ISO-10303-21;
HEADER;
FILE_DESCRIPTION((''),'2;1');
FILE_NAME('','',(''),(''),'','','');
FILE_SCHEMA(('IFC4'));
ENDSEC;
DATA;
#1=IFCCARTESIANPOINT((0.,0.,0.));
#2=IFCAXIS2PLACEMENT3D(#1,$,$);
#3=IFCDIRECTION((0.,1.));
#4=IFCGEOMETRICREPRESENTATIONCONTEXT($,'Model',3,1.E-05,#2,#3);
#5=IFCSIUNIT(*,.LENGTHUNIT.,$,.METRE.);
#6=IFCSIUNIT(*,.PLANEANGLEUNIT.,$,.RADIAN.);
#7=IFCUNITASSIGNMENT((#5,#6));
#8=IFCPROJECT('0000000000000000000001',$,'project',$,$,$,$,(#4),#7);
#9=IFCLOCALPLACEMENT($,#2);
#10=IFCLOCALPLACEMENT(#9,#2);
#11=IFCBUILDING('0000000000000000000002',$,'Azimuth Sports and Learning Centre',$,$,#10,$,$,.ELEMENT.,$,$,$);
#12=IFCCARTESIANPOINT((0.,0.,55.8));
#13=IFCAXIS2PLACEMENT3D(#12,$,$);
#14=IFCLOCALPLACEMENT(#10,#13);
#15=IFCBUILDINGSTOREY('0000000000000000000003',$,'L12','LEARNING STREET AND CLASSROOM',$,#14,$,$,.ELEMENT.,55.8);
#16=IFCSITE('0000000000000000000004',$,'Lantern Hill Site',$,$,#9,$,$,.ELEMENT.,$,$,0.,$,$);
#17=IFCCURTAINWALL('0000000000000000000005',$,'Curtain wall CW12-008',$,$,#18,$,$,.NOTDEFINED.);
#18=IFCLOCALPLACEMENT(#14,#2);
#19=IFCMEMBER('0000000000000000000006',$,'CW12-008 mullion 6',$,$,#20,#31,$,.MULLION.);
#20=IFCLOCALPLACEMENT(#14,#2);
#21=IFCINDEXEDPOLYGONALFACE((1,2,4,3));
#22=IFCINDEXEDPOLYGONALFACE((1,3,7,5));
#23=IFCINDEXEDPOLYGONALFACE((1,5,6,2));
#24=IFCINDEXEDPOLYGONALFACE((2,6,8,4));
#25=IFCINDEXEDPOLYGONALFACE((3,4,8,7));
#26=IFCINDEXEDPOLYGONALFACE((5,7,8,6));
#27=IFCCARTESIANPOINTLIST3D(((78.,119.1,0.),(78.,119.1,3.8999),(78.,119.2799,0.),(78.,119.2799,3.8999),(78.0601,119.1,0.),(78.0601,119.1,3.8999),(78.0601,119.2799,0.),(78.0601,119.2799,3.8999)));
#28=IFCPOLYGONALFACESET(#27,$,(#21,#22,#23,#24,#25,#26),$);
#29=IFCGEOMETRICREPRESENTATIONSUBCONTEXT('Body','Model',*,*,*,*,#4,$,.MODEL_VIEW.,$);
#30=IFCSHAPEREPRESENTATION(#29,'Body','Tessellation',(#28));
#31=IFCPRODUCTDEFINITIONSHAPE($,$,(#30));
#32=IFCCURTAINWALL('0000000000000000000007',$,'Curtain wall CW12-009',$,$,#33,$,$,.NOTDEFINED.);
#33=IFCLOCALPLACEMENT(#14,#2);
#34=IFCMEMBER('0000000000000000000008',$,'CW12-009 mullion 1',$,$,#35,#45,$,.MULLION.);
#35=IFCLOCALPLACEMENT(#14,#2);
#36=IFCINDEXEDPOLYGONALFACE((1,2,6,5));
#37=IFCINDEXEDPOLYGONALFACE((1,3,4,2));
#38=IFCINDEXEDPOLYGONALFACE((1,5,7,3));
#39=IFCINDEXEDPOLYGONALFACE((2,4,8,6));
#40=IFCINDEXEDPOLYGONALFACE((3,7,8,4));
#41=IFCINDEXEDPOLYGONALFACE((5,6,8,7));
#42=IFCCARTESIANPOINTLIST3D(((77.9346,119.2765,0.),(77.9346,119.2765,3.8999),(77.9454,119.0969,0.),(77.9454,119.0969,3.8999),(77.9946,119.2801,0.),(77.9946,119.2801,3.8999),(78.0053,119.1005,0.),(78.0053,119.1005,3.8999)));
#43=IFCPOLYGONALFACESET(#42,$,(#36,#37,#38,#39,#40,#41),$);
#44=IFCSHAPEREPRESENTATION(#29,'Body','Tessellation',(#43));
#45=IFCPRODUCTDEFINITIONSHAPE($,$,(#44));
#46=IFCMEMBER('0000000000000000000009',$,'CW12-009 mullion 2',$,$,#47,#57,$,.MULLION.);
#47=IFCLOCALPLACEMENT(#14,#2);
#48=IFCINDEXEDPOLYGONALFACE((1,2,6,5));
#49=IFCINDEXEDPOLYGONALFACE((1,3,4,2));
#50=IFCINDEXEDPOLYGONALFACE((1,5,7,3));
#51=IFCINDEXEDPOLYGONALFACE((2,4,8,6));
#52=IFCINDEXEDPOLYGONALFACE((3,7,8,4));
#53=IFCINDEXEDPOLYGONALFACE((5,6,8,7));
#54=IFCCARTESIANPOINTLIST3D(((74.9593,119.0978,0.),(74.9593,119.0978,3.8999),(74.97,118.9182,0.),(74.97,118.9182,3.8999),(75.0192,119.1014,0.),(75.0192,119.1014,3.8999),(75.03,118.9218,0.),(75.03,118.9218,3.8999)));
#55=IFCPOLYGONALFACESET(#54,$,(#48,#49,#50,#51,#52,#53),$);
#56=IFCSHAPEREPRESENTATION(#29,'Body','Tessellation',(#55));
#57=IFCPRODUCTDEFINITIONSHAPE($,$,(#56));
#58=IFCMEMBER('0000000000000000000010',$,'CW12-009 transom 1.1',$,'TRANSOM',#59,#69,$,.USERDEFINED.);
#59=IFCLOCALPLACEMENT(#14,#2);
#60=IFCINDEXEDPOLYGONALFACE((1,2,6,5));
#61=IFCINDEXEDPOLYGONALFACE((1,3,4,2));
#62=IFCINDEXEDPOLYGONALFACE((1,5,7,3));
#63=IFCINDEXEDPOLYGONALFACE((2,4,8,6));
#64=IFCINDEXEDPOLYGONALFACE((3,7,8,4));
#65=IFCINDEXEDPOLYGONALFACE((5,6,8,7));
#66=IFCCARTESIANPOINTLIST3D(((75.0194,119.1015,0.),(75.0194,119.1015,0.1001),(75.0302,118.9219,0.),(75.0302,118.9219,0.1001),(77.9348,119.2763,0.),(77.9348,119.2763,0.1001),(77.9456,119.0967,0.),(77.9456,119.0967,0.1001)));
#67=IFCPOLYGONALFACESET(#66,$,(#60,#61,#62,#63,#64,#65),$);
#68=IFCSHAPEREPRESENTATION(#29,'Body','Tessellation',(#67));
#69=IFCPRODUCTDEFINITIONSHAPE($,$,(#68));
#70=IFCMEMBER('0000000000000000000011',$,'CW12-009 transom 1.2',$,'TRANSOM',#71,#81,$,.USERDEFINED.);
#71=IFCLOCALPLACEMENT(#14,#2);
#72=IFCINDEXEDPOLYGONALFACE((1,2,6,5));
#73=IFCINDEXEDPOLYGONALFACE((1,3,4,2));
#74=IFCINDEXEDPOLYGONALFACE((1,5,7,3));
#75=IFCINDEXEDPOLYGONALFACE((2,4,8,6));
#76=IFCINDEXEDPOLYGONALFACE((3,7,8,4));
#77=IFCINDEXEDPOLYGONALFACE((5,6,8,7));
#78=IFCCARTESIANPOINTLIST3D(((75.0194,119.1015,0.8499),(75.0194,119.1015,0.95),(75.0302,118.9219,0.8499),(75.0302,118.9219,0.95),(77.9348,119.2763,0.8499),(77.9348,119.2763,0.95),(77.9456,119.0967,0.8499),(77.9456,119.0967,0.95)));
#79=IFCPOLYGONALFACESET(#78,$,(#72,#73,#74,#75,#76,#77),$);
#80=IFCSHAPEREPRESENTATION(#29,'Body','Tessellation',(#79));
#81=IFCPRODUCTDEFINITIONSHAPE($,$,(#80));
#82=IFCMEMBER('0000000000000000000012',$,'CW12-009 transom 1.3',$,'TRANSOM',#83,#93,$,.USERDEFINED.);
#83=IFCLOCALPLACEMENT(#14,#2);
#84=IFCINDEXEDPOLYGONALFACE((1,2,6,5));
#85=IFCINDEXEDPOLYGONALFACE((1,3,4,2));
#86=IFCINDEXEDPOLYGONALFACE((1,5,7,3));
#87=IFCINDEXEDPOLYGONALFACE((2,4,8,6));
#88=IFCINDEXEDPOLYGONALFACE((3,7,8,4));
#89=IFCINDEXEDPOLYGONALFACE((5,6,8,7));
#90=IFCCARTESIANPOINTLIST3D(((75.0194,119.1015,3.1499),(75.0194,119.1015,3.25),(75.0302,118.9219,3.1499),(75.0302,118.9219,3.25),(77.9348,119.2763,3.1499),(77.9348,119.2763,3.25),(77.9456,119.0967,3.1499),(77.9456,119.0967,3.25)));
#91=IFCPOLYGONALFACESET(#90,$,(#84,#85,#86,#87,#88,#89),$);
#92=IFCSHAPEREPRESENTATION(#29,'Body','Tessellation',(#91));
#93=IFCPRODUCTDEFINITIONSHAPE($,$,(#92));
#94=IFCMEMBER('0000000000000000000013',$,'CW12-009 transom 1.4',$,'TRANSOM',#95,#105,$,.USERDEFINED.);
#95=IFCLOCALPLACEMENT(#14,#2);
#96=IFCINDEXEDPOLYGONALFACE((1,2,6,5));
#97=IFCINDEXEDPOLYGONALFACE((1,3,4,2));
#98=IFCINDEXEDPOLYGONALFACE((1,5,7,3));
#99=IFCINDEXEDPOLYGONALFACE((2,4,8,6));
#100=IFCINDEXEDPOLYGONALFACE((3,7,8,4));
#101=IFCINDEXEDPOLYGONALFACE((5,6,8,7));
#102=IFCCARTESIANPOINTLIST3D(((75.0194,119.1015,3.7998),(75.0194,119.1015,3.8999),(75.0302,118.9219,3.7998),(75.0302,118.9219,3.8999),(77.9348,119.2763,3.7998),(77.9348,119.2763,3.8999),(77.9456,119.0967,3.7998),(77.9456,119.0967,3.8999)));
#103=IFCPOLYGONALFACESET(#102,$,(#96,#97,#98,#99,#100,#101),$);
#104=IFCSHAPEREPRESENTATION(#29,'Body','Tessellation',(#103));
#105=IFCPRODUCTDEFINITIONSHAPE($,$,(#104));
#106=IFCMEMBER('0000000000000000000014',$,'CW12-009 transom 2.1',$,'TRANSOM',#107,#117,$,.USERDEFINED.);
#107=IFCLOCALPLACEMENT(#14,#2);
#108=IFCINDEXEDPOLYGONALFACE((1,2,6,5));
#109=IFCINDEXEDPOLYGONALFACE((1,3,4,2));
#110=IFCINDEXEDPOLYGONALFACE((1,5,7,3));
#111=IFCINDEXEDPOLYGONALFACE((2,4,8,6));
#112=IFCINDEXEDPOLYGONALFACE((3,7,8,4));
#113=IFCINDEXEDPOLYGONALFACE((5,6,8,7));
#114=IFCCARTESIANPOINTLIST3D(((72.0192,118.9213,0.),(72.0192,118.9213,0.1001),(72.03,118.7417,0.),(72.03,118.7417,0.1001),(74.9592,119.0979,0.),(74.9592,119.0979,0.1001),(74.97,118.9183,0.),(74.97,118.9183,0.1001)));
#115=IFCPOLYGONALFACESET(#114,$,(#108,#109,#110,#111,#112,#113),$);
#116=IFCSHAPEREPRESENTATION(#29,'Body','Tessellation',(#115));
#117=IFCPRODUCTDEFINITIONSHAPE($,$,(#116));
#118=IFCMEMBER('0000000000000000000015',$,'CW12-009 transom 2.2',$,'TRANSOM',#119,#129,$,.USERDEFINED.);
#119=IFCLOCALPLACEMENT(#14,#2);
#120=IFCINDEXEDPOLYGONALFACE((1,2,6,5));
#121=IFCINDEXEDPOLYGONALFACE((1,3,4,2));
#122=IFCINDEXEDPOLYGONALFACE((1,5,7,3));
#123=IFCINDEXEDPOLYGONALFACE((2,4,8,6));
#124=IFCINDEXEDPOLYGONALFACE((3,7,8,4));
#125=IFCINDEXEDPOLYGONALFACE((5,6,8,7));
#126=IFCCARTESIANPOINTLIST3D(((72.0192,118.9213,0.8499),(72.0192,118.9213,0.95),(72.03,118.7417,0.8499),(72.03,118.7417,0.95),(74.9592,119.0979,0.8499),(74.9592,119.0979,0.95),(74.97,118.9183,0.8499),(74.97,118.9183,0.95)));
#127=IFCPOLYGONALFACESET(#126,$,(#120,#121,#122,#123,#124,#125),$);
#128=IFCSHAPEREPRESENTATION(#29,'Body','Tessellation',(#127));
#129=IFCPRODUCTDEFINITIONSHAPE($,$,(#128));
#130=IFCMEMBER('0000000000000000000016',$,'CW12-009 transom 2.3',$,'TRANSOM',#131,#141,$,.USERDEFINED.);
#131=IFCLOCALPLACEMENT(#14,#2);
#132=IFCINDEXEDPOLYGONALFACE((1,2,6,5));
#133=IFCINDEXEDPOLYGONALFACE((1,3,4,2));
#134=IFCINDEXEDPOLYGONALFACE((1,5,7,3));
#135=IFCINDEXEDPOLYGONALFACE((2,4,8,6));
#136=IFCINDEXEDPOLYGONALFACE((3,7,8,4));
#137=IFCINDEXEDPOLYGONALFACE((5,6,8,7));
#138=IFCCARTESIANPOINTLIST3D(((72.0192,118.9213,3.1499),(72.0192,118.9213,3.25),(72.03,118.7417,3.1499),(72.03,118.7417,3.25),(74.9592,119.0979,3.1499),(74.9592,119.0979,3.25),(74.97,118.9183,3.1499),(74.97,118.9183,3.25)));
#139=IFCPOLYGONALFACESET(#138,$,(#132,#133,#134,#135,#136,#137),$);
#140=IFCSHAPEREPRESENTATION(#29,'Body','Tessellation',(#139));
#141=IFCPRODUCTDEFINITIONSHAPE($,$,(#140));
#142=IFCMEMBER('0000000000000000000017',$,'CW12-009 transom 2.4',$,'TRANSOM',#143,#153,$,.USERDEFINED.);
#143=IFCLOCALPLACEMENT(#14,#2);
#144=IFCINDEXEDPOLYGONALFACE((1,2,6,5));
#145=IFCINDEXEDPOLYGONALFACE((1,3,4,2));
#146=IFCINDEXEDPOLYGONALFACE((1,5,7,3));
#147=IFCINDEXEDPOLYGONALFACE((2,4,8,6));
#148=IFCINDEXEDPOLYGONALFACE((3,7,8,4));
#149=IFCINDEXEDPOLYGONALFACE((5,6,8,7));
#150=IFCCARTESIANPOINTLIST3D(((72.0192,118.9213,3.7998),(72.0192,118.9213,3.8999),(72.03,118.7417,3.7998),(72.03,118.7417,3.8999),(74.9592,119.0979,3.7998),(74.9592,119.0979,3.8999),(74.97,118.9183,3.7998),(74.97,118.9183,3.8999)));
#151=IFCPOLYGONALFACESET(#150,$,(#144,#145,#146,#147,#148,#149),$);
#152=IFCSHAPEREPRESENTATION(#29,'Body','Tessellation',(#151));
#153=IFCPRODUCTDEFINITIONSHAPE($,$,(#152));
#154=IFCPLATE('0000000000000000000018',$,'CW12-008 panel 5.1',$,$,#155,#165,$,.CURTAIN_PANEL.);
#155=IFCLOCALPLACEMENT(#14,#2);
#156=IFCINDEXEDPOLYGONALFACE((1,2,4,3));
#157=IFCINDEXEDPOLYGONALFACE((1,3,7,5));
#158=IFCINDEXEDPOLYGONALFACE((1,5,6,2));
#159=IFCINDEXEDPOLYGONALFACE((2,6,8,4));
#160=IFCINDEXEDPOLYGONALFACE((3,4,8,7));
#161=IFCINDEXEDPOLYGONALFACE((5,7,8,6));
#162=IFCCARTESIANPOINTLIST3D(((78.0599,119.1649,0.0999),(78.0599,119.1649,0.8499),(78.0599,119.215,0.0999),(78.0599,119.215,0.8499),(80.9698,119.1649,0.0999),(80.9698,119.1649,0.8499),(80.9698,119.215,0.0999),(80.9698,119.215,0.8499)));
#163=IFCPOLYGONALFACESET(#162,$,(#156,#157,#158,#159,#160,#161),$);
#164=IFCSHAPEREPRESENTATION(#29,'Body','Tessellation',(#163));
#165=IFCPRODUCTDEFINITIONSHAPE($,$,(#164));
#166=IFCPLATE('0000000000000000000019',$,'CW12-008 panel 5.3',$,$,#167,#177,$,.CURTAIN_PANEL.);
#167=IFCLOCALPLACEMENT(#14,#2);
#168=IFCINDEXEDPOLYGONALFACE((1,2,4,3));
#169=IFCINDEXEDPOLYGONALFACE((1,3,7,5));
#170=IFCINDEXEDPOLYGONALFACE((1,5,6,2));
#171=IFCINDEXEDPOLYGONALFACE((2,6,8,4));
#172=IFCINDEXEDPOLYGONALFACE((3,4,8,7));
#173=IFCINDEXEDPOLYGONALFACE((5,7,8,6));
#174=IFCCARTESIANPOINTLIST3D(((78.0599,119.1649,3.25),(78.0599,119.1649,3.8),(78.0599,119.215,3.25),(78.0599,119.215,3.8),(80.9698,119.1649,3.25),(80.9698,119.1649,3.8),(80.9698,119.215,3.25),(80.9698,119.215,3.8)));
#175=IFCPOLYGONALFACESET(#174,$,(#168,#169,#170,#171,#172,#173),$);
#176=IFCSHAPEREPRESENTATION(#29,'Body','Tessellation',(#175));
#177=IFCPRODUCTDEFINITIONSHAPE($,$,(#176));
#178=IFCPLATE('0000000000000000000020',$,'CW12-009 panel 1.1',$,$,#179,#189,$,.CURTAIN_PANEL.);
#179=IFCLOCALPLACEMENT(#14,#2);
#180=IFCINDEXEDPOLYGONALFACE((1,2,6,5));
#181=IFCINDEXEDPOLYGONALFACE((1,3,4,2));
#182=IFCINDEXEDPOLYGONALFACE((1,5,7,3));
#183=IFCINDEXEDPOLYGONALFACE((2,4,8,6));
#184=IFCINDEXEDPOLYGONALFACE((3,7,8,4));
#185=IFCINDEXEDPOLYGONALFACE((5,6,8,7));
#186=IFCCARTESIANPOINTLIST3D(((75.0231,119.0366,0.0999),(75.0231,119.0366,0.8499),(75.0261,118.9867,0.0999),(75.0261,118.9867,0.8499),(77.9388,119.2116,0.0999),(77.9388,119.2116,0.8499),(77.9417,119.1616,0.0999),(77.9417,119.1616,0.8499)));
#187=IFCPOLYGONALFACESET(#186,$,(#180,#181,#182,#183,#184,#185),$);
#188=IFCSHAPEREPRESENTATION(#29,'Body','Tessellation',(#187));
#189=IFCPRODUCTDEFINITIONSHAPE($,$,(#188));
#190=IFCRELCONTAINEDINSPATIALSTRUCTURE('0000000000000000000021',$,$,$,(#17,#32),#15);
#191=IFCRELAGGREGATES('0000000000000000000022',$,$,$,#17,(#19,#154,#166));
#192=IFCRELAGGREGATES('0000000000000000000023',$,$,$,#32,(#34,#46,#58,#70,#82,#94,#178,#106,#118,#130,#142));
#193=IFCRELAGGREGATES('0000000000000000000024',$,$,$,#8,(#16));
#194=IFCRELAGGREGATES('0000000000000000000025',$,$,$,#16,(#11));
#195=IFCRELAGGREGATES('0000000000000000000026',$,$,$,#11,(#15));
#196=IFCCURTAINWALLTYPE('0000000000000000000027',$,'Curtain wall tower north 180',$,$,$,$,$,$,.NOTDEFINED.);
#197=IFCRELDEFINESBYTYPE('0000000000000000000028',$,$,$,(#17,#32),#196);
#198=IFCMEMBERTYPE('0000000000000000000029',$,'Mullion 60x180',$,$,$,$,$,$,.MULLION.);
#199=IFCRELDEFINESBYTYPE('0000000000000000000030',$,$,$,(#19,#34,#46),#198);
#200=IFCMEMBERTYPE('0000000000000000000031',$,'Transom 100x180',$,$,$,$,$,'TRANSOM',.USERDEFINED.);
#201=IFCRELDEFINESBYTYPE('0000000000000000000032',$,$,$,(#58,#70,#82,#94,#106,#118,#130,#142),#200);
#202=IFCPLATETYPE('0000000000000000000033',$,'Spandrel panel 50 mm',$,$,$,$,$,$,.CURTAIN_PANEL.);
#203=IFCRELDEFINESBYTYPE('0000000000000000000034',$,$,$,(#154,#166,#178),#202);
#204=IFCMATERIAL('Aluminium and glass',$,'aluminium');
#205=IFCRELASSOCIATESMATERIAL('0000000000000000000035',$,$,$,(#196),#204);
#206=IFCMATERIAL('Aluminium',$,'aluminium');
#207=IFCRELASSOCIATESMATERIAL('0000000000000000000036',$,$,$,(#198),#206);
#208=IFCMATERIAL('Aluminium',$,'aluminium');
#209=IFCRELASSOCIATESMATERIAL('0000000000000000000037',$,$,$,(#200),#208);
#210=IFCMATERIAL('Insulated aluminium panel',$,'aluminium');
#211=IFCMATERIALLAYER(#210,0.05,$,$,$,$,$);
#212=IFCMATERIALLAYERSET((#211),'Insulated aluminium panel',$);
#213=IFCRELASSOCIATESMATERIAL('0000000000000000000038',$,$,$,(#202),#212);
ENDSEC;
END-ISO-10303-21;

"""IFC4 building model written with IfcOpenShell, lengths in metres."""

from ifc_helpers import new_model, si_unit, direction, frame, origin, origin_2d, place, context, subcontext, project, spatial, rectangle, extrude, material, layer, layer_set, material_profile, profile_set, type_object, element, aggregate, save


model = new_model("IFC4")

# Units and contexts
model_context = context("Model", 3, precision=1e-05, world=origin(), true_north=direction((0.0, 1.0)))
body_context = subcontext(model_context, "Body", "Model", "MODEL_VIEW")
ifc_project = project(units=[si_unit("LENGTHUNIT", "METRE"), si_unit("PLANEANGLEUNIT", "RADIAN")], contexts=[model_context])

# Site, building, storey
site_placement = place(None, origin())
site = spatial("IfcSite", under=ifc_project, at=site_placement, Name="Lantern Hill Site", CompositionType="ELEMENT", RefElevation=0.0)
building_placement = place(site_placement, origin())
building = spatial("IfcBuilding", under=site, at=building_placement, Name="Azimuth Sports and Learning Centre", CompositionType="ELEMENT")
storey_placement = place(building_placement, frame((0.0, 0.0, 55.8)))
storey = spatial("IfcBuildingStorey", under=building, at=storey_placement, Name="L12", Description="LEARNING STREET AND CLASSROOM", CompositionType="ELEMENT", Elevation=55.8)

# Curtain wall, member
ifc_material_1 = material(Name="Aluminium and glass", Category="aluminium")
curtain_wall_type = type_object("IfcCurtainWallType", Name="Curtain wall tower north 180", PredefinedType="NOTDEFINED", material=ifc_material_1)
curtain_wall_1_placement = place(storey_placement, origin())
curtain_wall_1 = element("IfcCurtainWall", 1, at=curtain_wall_1_placement, inside=storey, type_object=curtain_wall_type, Name="Curtain wall CW12-008", PredefinedType="NOTDEFINED")
ifc_material_2 = material(Name="Aluminium", Category="aluminium")
ifc_material_profile_1 = material_profile(ifc_material_2, rectangle(XDim=0.1799, YDim=0.0601, at=origin_2d()), Name="Mullion 60x180")
ifc_profile_set_1 = profile_set([ifc_material_profile_1], Name="Aluminium")
member_type_1 = type_object("IfcMemberType", Name="Mullion 60x180", PredefinedType="MULLION", material=ifc_profile_set_1)
member_1_placement = place(storey_placement, frame((78.03, 119.1899, 0.0), z_axis=(0.0, 0.0, 1.0), x_axis=(0.0, -1.0, 0.0)))
member_1 = element("IfcMember", 2, at=member_1_placement, type_object=member_type_1, Name="CW12-008 mullion 6", PredefinedType="MULLION", context=body_context, shape_type="SweptSolid", body=[
    extrude(rectangle(XDim=0.1799, YDim=0.0601, at=origin_2d()), origin(), (0.0, 0.0, 1.0), 3.8999),
])

# Curtain wall, members
curtain_wall_2_placement = place(storey_placement, origin())
curtain_wall_2 = element("IfcCurtainWall", 3, at=curtain_wall_2_placement, inside=storey, type_object=curtain_wall_type, Name="Curtain wall CW12-009", PredefinedType="NOTDEFINED")
member_2_placement = place(storey_placement, frame((77.97, 119.1885, 0.0), z_axis=(0.0, 0.0, 1.0), x_axis=(0.059892, -0.998205, 0.0)))
member_2 = element("IfcMember", 4, at=member_2_placement, type_object=member_type_1, Name="CW12-009 mullion 1", PredefinedType="MULLION", context=body_context, shape_type="SweptSolid", body=[
    extrude(rectangle(XDim=0.1799, YDim=0.0601, at=origin_2d()), origin(), (0.0, 0.0, 1.0), 3.8999),
])
member_3_placement = place(storey_placement, frame((74.9946, 119.0098, 0.0), z_axis=(0.0, 0.0, 1.0), x_axis=(0.059892, -0.998205, 0.0)))
member_3 = element("IfcMember", 5, at=member_3_placement, type_object=member_type_1, Name="CW12-009 mullion 2", PredefinedType="MULLION", context=body_context, shape_type="SweptSolid", body=[
    extrude(rectangle(XDim=0.1799, YDim=0.0601, at=origin_2d()), origin(), (0.0, 0.0, 1.0), 3.8999),
])
ifc_material_3 = material(Name="Aluminium", Category="aluminium")
ifc_material_profile_2 = material_profile(ifc_material_3, rectangle(XDim=0.1799, YDim=0.1001, at=origin_2d()), Name="Transom 100x180")
ifc_profile_set_2 = profile_set([ifc_material_profile_2], Name="Aluminium")
member_type_2 = type_object("IfcMemberType", Name="Transom 100x180", ElementType="TRANSOM", PredefinedType="USERDEFINED", material=ifc_profile_set_2)
member_4_placement = place(storey_placement, frame((77.9402, 119.1865, 0.05), z_axis=(-0.998207, -0.059849, 0.0), x_axis=(0.059849, -0.998207, 0.0)))
member_4 = element("IfcMember", 6, at=member_4_placement, type_object=member_type_2, Name="CW12-009 transom 1.1", ObjectType="TRANSOM", PredefinedType="USERDEFINED", context=body_context, shape_type="SweptSolid", body=[
    extrude(rectangle(XDim=0.1799, YDim=0.1001, at=origin_2d()), origin(), (0.0, 0.0, 1.0), 2.9207),
])
member_5_placement = place(storey_placement, frame((77.9402, 119.1865, 0.8999), z_axis=(-0.998207, -0.059849, 0.0), x_axis=(0.059849, -0.998207, 0.0)))
member_5 = element("IfcMember", 7, at=member_5_placement, type_object=member_type_2, Name="CW12-009 transom 1.2", ObjectType="TRANSOM", PredefinedType="USERDEFINED", context=body_context, shape_type="SweptSolid", body=[
    extrude(rectangle(XDim=0.1799, YDim=0.1001, at=origin_2d()), origin(), (0.0, 0.0, 1.0), 2.9207),
])
member_6_placement = place(storey_placement, frame((77.9402, 119.1865, 3.2), z_axis=(-0.998207, -0.059849, 0.0), x_axis=(0.059849, -0.998207, 0.0)))
member_6 = element("IfcMember", 8, at=member_6_placement, type_object=member_type_2, Name="CW12-009 transom 1.3", ObjectType="TRANSOM", PredefinedType="USERDEFINED", context=body_context, shape_type="SweptSolid", body=[
    extrude(rectangle(XDim=0.1799, YDim=0.1001, at=origin_2d()), origin(), (0.0, 0.0, 1.0), 2.9207),
])
member_7_placement = place(storey_placement, frame((77.9402, 119.1865, 3.8499), z_axis=(-0.998207, -0.059849, 0.0), x_axis=(0.059849, -0.998207, 0.0)))
member_7 = element("IfcMember", 9, at=member_7_placement, type_object=member_type_2, Name="CW12-009 transom 1.4", ObjectType="TRANSOM", PredefinedType="USERDEFINED", context=body_context, shape_type="SweptSolid", body=[
    extrude(rectangle(XDim=0.1799, YDim=0.1001, at=origin_2d()), origin(), (0.0, 0.0, 1.0), 2.9207),
])
member_8_placement = place(storey_placement, frame((74.9646, 119.0081, 0.05), z_axis=(-0.998202, -0.059932, 0.0), x_axis=(0.059932, -0.998202, 0.0)))
member_8 = element("IfcMember", 10, at=member_8_placement, type_object=member_type_2, Name="CW12-009 transom 2.1", ObjectType="TRANSOM", PredefinedType="USERDEFINED", context=body_context, shape_type="SweptSolid", body=[
    extrude(rectangle(XDim=0.1799, YDim=0.1001, at=origin_2d()), origin(), (0.0, 0.0, 1.0), 2.9453),
])
member_9_placement = place(storey_placement, frame((74.9646, 119.0081, 0.8999), z_axis=(-0.998202, -0.059932, 0.0), x_axis=(0.059932, -0.998202, 0.0)))
member_9 = element("IfcMember", 11, at=member_9_placement, type_object=member_type_2, Name="CW12-009 transom 2.2", ObjectType="TRANSOM", PredefinedType="USERDEFINED", context=body_context, shape_type="SweptSolid", body=[
    extrude(rectangle(XDim=0.1799, YDim=0.1001, at=origin_2d()), origin(), (0.0, 0.0, 1.0), 2.9453),
])
member_10_placement = place(storey_placement, frame((74.9646, 119.0081, 3.2), z_axis=(-0.998202, -0.059932, 0.0), x_axis=(0.059932, -0.998202, 0.0)))
member_10 = element("IfcMember", 12, at=member_10_placement, type_object=member_type_2, Name="CW12-009 transom 2.3", ObjectType="TRANSOM", PredefinedType="USERDEFINED", context=body_context, shape_type="SweptSolid", body=[
    extrude(rectangle(XDim=0.1799, YDim=0.1001, at=origin_2d()), origin(), (0.0, 0.0, 1.0), 2.9453),
])
member_11_placement = place(storey_placement, frame((74.9646, 119.0081, 3.8499), z_axis=(-0.998202, -0.059932, 0.0), x_axis=(0.059932, -0.998202, 0.0)))
member_11 = element("IfcMember", 13, at=member_11_placement, type_object=member_type_2, Name="CW12-009 transom 2.4", ObjectType="TRANSOM", PredefinedType="USERDEFINED", context=body_context, shape_type="SweptSolid", body=[
    extrude(rectangle(XDim=0.1799, YDim=0.1001, at=origin_2d()), origin(), (0.0, 0.0, 1.0), 2.9453),
])

# Plates
ifc_material_4 = material(Name="Insulated aluminium panel", Category="aluminium")
ifc_layer_1 = layer(ifc_material_4, 0.05)
ifc_layer_set_1 = layer_set([ifc_layer_1], Name="Insulated aluminium panel")
plate_type_1 = type_object("IfcPlateType", Name="Spandrel panel 50 mm", PredefinedType="CURTAIN_PANEL", material=ifc_layer_set_1)
plate_1_placement = place(storey_placement, frame((79.5149, 119.1899, 0.0999), z_axis=(0.0, 0.0, 1.0), x_axis=(-1.0, 0.0, 0.0)))
plate_1 = element("IfcPlate", 14, at=plate_1_placement, type_object=plate_type_1, Name="CW12-008 panel 5.1", PredefinedType="CURTAIN_PANEL", context=body_context, shape_type="SweptSolid", body=[
    extrude(rectangle(XDim=2.9099, YDim=0.05, at=origin_2d()), origin(), (0.0, 0.0, 1.0), 0.75),
])
plate_2_placement = place(storey_placement, frame((79.5149, 119.1899, 3.25), z_axis=(0.0, 0.0, 1.0), x_axis=(-1.0, 0.0, 0.0)))
plate_2 = element("IfcPlate", 15, at=plate_2_placement, type_object=plate_type_1, Name="CW12-008 panel 5.3", PredefinedType="CURTAIN_PANEL", context=body_context, shape_type="SweptSolid", body=[
    extrude(rectangle(XDim=2.9099, YDim=0.05, at=origin_2d()), origin(), (0.0, 0.0, 1.0), 0.55),
])
plate_3_placement = place(storey_placement, frame((76.4824, 119.0991, 0.0999), z_axis=(0.0, 0.0, 1.0), x_axis=(-0.998205, -0.059892, 0.0)))
plate_3 = element("IfcPlate", 16, at=plate_3_placement, type_object=plate_type_1, Name="CW12-009 panel 1.1", PredefinedType="CURTAIN_PANEL", context=body_context, shape_type="SweptSolid", body=[
    extrude(rectangle(XDim=2.9209, YDim=0.05, at=origin_2d()), origin(), (0.0, 0.0, 1.0), 0.75),
])
aggregate(curtain_wall_1, [member_1, plate_1, plate_2])
aggregate(curtain_wall_2, [member_2, member_3, member_4, member_5, member_6, member_7, plate_3, member_8, member_9, member_10, member_11])

save(model, "model.ifc")
